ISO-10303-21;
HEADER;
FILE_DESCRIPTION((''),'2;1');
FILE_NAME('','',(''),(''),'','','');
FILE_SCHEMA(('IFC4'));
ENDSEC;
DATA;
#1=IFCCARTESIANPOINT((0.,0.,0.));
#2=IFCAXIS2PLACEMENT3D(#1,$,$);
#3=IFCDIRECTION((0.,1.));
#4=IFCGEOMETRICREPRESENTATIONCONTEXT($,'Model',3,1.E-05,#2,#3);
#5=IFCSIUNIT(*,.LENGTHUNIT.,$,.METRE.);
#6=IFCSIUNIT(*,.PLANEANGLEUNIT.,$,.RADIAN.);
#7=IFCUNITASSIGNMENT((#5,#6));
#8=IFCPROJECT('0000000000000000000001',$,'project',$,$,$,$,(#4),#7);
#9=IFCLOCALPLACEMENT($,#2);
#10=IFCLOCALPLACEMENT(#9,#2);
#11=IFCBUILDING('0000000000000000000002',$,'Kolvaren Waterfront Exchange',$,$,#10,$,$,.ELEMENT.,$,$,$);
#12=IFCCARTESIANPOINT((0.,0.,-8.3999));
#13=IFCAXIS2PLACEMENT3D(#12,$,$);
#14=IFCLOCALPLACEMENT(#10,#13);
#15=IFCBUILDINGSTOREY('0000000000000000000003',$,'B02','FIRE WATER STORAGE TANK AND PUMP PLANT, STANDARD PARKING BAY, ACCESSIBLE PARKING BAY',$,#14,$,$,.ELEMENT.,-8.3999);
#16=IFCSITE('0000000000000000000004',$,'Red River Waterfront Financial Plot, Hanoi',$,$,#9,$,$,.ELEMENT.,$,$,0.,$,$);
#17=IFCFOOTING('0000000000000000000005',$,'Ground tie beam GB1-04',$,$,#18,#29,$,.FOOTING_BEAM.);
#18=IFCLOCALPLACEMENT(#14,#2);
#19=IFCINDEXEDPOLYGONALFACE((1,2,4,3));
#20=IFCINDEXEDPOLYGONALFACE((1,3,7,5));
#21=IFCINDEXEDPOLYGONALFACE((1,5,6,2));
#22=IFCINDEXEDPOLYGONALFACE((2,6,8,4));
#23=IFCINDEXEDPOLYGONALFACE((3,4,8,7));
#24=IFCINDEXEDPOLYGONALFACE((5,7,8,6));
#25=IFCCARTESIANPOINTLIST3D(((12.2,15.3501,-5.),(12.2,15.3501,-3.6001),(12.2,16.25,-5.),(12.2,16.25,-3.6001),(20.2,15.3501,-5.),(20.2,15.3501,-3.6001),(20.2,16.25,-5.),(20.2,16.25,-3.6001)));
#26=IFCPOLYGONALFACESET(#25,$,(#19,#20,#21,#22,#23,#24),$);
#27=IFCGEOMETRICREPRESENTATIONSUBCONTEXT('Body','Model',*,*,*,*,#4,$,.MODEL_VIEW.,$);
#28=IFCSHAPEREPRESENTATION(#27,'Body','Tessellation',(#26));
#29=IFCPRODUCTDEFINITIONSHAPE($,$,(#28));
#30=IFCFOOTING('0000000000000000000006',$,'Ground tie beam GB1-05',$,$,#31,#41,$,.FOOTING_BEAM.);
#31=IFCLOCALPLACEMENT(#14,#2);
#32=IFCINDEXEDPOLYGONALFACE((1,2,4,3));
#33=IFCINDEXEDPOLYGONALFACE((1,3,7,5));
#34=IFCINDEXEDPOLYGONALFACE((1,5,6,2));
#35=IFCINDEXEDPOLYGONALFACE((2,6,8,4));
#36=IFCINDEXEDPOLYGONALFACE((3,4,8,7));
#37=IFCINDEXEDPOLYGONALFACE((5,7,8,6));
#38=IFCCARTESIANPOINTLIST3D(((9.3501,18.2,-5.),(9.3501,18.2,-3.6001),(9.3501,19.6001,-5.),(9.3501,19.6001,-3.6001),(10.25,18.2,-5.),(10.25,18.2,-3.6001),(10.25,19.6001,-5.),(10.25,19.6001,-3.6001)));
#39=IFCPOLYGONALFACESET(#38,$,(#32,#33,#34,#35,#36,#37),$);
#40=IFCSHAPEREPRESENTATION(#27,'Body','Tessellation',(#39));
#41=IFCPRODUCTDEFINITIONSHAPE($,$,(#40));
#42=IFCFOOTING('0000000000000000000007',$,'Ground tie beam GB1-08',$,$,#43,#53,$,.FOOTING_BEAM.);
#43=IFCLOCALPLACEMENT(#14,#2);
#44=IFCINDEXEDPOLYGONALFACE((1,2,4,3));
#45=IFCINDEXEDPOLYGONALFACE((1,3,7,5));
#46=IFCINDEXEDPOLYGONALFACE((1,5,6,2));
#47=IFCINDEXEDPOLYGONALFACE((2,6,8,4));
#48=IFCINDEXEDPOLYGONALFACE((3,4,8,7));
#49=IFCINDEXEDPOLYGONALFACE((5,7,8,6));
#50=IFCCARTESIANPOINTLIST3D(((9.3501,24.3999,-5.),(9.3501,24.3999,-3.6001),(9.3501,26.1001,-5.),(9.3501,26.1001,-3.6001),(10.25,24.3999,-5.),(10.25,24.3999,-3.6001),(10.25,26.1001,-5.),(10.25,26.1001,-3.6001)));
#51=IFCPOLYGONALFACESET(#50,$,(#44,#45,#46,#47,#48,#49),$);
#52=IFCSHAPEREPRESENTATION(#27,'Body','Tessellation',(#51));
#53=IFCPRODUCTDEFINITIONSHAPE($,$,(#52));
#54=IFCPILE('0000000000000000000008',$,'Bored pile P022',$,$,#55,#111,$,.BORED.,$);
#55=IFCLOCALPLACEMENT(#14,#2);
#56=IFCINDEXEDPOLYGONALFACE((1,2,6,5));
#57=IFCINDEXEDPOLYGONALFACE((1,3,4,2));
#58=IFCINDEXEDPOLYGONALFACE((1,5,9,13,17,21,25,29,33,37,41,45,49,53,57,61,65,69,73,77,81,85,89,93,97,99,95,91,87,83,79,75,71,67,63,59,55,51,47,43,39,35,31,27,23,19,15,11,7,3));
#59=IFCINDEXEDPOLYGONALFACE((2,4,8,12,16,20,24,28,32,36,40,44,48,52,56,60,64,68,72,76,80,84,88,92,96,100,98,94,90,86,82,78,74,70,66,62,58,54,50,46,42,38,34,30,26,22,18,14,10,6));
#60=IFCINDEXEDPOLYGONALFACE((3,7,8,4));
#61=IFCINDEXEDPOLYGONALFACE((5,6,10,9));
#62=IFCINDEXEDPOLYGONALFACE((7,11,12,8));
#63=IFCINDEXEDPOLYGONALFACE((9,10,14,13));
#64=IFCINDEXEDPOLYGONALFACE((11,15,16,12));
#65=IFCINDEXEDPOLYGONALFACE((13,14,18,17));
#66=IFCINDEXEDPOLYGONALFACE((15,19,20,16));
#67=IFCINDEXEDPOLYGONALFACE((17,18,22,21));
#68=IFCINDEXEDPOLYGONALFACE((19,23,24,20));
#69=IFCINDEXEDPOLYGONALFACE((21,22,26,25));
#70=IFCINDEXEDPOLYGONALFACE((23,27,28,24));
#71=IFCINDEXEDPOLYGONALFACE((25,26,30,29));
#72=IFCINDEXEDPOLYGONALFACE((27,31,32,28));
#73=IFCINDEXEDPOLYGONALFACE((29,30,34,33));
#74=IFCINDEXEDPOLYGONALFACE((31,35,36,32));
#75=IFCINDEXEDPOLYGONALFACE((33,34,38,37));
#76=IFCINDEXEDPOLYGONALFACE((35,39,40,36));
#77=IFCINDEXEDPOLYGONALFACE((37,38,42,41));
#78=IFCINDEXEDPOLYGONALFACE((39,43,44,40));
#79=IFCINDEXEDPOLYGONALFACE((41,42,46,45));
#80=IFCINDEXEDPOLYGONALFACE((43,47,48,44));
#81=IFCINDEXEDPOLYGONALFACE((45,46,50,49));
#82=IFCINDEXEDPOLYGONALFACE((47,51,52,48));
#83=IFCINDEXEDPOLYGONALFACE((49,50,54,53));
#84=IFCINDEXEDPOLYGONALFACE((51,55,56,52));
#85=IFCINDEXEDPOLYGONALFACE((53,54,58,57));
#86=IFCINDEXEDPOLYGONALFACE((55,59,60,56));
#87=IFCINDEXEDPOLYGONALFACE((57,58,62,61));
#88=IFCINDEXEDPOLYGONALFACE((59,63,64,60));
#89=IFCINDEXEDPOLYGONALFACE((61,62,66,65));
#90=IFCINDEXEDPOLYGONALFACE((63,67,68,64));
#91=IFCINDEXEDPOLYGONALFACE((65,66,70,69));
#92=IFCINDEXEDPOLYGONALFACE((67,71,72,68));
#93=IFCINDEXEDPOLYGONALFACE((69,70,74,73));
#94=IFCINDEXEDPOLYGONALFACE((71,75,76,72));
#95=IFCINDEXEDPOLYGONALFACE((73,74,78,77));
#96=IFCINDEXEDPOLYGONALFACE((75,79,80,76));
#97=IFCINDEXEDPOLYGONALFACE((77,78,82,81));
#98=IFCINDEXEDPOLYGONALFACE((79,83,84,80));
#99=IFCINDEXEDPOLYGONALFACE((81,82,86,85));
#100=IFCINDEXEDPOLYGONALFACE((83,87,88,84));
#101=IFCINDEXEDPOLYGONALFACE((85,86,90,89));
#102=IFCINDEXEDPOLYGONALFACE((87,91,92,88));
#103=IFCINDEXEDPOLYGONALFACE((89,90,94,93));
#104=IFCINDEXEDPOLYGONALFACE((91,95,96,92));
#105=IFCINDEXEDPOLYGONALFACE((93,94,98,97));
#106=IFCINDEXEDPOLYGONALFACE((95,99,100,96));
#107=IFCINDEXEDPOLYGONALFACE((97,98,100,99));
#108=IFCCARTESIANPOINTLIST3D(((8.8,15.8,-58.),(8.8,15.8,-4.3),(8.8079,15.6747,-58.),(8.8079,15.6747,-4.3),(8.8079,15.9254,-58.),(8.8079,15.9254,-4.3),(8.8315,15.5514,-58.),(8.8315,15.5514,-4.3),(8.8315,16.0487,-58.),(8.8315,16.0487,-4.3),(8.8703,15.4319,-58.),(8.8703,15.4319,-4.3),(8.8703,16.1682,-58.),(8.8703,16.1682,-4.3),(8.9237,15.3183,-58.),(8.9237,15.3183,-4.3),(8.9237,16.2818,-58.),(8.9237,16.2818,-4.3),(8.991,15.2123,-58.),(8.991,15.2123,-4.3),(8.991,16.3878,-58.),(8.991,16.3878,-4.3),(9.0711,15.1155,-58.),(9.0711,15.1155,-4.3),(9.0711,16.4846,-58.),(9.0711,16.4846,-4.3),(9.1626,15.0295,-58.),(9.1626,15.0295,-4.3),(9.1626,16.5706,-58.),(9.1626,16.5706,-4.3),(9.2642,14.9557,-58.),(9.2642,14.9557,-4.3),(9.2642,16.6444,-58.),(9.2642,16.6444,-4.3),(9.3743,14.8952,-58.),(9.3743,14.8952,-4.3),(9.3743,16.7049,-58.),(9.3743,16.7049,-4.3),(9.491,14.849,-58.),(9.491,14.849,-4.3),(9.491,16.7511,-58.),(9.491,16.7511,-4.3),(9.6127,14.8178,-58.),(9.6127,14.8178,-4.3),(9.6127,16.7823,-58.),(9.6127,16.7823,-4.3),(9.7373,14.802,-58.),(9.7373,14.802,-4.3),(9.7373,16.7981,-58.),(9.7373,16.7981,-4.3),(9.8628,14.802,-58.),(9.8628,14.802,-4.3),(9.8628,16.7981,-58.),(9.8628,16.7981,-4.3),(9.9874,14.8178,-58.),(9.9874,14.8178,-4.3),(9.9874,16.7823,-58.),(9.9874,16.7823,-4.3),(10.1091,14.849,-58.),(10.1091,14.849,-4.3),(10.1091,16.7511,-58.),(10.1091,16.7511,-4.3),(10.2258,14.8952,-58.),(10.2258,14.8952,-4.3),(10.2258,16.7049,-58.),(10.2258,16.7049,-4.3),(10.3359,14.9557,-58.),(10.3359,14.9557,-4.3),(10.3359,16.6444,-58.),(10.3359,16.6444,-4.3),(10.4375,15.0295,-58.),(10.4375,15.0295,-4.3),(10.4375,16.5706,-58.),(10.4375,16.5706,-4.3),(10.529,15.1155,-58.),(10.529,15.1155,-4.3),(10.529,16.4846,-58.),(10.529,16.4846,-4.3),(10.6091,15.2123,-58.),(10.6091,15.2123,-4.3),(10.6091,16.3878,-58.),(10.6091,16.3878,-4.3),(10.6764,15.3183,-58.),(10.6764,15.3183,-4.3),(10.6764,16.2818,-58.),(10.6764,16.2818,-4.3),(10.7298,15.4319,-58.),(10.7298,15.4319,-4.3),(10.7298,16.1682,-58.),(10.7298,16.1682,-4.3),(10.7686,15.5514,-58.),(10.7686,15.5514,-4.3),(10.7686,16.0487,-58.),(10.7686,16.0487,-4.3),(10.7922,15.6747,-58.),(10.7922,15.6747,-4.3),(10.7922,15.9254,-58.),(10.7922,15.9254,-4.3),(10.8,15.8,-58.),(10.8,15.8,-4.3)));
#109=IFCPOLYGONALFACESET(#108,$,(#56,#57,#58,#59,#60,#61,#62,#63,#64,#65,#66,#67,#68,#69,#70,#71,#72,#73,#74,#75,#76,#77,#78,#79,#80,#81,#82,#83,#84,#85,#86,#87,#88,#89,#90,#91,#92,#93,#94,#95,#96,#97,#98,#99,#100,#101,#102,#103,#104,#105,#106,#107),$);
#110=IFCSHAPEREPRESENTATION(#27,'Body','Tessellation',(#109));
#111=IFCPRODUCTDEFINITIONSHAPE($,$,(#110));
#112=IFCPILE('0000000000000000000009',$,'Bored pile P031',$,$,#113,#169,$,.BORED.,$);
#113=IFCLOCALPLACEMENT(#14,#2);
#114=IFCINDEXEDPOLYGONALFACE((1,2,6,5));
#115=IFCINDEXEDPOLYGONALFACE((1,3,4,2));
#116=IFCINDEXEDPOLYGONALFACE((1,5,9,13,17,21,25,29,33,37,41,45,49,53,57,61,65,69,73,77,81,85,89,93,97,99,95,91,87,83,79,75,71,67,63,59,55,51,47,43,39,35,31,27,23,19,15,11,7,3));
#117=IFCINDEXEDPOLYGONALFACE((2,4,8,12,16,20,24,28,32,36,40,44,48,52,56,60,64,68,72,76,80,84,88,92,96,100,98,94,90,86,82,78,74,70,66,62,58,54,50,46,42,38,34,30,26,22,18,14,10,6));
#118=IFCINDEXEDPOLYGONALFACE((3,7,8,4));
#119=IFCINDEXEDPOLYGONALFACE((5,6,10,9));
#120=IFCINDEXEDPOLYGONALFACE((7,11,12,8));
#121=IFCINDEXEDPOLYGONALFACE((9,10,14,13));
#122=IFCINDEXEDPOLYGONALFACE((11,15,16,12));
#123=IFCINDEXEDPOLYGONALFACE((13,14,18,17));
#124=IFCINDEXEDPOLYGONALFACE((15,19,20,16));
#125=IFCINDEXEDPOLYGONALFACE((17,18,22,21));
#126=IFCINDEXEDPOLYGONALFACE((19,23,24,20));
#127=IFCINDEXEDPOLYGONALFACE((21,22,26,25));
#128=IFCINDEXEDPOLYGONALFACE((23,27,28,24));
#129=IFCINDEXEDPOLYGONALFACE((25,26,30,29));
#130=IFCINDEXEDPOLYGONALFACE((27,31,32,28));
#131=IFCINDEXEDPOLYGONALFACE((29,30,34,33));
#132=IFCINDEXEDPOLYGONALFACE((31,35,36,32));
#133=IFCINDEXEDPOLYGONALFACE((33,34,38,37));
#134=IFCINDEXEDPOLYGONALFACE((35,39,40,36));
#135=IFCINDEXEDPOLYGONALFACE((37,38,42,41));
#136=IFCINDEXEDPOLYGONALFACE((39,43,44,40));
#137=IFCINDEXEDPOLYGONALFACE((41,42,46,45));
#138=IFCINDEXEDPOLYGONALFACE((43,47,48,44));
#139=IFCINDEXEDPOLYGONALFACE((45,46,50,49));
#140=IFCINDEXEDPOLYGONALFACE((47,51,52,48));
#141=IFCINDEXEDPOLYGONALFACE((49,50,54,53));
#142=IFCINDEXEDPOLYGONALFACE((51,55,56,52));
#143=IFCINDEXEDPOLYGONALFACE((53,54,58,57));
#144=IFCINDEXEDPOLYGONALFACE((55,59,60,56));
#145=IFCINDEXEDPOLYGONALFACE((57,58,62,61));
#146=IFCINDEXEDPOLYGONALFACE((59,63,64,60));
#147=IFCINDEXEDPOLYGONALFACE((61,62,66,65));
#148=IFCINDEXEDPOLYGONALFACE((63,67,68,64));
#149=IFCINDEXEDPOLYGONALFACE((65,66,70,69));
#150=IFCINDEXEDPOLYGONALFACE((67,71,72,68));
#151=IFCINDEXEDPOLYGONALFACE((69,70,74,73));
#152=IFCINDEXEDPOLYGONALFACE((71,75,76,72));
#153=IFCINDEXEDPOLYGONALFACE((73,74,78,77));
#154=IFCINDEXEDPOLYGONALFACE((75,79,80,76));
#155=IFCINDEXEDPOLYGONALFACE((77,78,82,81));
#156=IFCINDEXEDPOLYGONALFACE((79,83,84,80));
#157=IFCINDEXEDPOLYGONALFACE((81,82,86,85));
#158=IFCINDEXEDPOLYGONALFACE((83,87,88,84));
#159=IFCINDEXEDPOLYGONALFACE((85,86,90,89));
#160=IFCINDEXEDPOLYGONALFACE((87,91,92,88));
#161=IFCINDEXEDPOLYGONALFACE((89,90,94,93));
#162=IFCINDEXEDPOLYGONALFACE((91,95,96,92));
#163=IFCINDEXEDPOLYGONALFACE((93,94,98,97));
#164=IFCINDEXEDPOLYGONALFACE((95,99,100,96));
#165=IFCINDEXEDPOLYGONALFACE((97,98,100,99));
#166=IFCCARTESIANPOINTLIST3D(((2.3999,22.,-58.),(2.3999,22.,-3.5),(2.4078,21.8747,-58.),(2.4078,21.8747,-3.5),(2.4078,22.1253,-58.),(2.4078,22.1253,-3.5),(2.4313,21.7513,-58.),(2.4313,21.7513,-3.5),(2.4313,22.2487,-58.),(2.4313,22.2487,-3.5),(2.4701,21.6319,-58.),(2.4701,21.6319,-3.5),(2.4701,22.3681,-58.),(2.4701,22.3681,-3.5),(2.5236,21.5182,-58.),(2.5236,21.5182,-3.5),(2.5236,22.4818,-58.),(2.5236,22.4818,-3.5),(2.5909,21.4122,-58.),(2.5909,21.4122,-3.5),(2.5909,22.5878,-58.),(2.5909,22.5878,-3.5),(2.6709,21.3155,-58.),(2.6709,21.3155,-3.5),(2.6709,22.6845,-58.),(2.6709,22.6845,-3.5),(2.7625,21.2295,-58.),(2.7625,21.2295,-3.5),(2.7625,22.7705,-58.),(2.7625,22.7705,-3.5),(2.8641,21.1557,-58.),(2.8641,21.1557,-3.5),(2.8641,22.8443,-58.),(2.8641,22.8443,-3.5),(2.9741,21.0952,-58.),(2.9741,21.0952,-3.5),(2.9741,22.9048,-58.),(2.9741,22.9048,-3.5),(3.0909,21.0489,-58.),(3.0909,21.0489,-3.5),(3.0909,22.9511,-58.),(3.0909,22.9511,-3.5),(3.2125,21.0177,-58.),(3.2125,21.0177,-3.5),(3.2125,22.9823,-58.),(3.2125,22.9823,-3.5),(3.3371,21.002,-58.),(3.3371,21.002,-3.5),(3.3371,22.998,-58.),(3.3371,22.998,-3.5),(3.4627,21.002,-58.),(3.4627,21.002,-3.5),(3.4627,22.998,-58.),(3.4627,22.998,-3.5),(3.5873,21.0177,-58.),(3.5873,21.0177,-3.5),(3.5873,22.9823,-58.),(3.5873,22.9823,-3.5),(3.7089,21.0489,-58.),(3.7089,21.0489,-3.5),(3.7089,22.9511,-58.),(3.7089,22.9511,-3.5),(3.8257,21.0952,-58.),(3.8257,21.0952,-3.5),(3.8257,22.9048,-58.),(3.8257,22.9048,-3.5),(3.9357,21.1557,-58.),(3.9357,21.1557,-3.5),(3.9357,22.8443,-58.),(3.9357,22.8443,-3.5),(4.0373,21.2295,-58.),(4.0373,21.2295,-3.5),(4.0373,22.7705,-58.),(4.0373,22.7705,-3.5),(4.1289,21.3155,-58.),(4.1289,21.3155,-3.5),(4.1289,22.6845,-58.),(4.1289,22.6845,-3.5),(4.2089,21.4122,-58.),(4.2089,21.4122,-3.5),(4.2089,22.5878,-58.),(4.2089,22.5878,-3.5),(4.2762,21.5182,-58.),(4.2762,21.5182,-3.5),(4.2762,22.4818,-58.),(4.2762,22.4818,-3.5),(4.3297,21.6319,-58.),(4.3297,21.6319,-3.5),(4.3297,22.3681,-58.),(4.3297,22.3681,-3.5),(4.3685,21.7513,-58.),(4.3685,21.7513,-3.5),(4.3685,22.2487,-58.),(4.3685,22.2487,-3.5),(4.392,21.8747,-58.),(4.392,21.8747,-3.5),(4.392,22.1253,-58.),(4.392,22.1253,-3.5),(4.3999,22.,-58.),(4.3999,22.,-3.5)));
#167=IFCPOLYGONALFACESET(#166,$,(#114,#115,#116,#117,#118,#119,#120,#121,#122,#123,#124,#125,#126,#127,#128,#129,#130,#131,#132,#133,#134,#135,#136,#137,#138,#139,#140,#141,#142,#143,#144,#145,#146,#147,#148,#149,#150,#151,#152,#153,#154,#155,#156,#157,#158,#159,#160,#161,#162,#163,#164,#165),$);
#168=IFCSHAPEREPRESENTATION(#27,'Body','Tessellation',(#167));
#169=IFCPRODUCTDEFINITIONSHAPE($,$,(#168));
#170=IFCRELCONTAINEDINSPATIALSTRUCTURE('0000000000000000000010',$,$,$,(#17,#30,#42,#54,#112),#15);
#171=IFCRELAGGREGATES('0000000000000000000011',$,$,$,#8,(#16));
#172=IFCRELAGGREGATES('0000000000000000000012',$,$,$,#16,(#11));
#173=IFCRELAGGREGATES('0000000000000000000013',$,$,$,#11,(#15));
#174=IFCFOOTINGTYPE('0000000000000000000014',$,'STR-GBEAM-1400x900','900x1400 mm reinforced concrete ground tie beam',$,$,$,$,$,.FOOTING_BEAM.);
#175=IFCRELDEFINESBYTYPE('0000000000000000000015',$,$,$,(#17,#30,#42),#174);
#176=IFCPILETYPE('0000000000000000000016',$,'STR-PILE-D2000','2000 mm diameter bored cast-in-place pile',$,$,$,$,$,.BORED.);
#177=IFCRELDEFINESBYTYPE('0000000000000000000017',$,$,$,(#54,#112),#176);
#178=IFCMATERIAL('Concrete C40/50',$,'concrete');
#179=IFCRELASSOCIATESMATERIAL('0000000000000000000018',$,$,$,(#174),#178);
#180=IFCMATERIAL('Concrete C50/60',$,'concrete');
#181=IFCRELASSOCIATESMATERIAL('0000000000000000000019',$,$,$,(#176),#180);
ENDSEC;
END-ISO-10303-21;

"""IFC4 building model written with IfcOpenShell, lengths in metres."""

from ifc_helpers import new_model, si_unit, direction, frame, origin, origin_2d, place, context, subcontext, project, spatial, rectangle, circle, extrude, material, material_profile, profile_set, type_object, element, save


model = new_model("IFC4")

# Units and contexts
model_context = context("Model", 3, precision=1e-05, world=origin(), true_north=direction((0.0, 1.0)))
body_context = subcontext(model_context, "Body", "Model", "MODEL_VIEW")
ifc_project = project(units=[si_unit("LENGTHUNIT", "METRE"), si_unit("PLANEANGLEUNIT", "RADIAN")], contexts=[model_context])

# Site, building, storey
site_placement = place(None, origin())
site = spatial("IfcSite", under=ifc_project, at=site_placement, Name="Red River Waterfront Financial Plot, Hanoi", CompositionType="ELEMENT", RefElevation=0.0)
building_placement = place(site_placement, origin())
building = spatial("IfcBuilding", under=site, at=building_placement, Name="Kolvaren Waterfront Exchange", CompositionType="ELEMENT")
storey_placement = place(building_placement, frame((0.0, 0.0, -8.3999)))
storey = spatial("IfcBuildingStorey", under=building, at=storey_placement, Name="B02", Description="FIRE WATER STORAGE TANK AND PUMP PLANT, STANDARD PARKING BAY, ACCESSIBLE PARKING BAY", CompositionType="ELEMENT", Elevation=-8.3999)

# Footings
ifc_material_1 = material(Name="Concrete C40/50", Category="concrete")
ifc_material_profile_1 = material_profile(ifc_material_1, rectangle(XDim=0.8999, YDim=1.3999, at=origin_2d()), Name="RC-GB-1400x900")
ifc_profile_set_1 = profile_set([ifc_material_profile_1], Name="Concrete C40/50")
footing_type = type_object("IfcFootingType", Name="STR-GBEAM-1400x900", Description="900x1400 mm reinforced concrete ground tie beam", PredefinedType="FOOTING_BEAM", material=ifc_profile_set_1)
footing_1_placement = place(storey_placement, frame((12.2, 15.8, -4.3), z_axis=(1.0, 0.0, 0.0), x_axis=(0.0, 1.0, 0.0)))
element("IfcFooting", 1, at=footing_1_placement, inside=storey, type_object=footing_type, Name="Ground tie beam GB1-04", PredefinedType="FOOTING_BEAM", context=body_context, shape_type="SweptSolid", body=[
    extrude(rectangle(XDim=0.8999, YDim=1.3999, at=origin_2d()), origin(), (0.0, 0.0, 1.0), 8.0),
])
footing_2_placement = place(storey_placement, frame((9.8, 18.2, -4.3), z_axis=(0.0, 1.0, 0.0), x_axis=(-1.0, 0.0, 0.0)))
element("IfcFooting", 2, at=footing_2_placement, inside=storey, type_object=footing_type, Name="Ground tie beam GB1-05", PredefinedType="FOOTING_BEAM", context=body_context, shape_type="SweptSolid", body=[
    extrude(rectangle(XDim=0.8999, YDim=1.3999, at=origin_2d()), origin(), (0.0, 0.0, 1.0), 1.4001),
])
footing_3_placement = place(storey_placement, frame((9.8, 24.3999, -4.3), z_axis=(0.0, 1.0, 0.0), x_axis=(-1.0, 0.0, 0.0)))
element("IfcFooting", 3, at=footing_3_placement, inside=storey, type_object=footing_type, Name="Ground tie beam GB1-08", PredefinedType="FOOTING_BEAM", context=body_context, shape_type="SweptSolid", body=[
    extrude(rectangle(XDim=0.8999, YDim=1.3999, at=origin_2d()), origin(), (0.0, 0.0, 1.0), 1.7002),
])

# Piles
ifc_material_2 = material(Name="Concrete C50/60", Category="concrete")
ifc_material_profile_2 = material_profile(ifc_material_2, circle(Radius=1.0, at=origin_2d()), Name="RC-PILE-D2000")
ifc_profile_set_2 = profile_set([ifc_material_profile_2], Name="Concrete C50/60")
pile_type = type_object("IfcPileType", Name="STR-PILE-D2000", Description="2000 mm diameter bored cast-in-place pile", PredefinedType="BORED", material=ifc_profile_set_2)
pile_1_placement = place(storey_placement, frame((9.8, 15.8, -4.3), z_axis=(0.0, 0.0, -1.0), x_axis=(1.0, 0.0, 0.0)))
element("IfcPile", 4, at=pile_1_placement, inside=storey, type_object=pile_type, Name="Bored pile P022", PredefinedType="BORED", context=body_context, shape_type="SweptSolid", body=[
    extrude(circle(Radius=1.0, at=origin_2d()), origin(), (0.0, 0.0, 1.0), 53.7),
])
pile_2_placement = place(storey_placement, frame((3.3999, 22.0, -3.5), z_axis=(0.0, 0.0, -1.0), x_axis=(1.0, 0.0, 0.0)))
element("IfcPile", 5, at=pile_2_placement, inside=storey, type_object=pile_type, Name="Bored pile P031", PredefinedType="BORED", context=body_context, shape_type="SweptSolid", body=[
    extrude(circle(Radius=1.0, at=origin_2d()), origin(), (0.0, 0.0, 1.0), 54.5),
])

save(model, "model.ifc")
